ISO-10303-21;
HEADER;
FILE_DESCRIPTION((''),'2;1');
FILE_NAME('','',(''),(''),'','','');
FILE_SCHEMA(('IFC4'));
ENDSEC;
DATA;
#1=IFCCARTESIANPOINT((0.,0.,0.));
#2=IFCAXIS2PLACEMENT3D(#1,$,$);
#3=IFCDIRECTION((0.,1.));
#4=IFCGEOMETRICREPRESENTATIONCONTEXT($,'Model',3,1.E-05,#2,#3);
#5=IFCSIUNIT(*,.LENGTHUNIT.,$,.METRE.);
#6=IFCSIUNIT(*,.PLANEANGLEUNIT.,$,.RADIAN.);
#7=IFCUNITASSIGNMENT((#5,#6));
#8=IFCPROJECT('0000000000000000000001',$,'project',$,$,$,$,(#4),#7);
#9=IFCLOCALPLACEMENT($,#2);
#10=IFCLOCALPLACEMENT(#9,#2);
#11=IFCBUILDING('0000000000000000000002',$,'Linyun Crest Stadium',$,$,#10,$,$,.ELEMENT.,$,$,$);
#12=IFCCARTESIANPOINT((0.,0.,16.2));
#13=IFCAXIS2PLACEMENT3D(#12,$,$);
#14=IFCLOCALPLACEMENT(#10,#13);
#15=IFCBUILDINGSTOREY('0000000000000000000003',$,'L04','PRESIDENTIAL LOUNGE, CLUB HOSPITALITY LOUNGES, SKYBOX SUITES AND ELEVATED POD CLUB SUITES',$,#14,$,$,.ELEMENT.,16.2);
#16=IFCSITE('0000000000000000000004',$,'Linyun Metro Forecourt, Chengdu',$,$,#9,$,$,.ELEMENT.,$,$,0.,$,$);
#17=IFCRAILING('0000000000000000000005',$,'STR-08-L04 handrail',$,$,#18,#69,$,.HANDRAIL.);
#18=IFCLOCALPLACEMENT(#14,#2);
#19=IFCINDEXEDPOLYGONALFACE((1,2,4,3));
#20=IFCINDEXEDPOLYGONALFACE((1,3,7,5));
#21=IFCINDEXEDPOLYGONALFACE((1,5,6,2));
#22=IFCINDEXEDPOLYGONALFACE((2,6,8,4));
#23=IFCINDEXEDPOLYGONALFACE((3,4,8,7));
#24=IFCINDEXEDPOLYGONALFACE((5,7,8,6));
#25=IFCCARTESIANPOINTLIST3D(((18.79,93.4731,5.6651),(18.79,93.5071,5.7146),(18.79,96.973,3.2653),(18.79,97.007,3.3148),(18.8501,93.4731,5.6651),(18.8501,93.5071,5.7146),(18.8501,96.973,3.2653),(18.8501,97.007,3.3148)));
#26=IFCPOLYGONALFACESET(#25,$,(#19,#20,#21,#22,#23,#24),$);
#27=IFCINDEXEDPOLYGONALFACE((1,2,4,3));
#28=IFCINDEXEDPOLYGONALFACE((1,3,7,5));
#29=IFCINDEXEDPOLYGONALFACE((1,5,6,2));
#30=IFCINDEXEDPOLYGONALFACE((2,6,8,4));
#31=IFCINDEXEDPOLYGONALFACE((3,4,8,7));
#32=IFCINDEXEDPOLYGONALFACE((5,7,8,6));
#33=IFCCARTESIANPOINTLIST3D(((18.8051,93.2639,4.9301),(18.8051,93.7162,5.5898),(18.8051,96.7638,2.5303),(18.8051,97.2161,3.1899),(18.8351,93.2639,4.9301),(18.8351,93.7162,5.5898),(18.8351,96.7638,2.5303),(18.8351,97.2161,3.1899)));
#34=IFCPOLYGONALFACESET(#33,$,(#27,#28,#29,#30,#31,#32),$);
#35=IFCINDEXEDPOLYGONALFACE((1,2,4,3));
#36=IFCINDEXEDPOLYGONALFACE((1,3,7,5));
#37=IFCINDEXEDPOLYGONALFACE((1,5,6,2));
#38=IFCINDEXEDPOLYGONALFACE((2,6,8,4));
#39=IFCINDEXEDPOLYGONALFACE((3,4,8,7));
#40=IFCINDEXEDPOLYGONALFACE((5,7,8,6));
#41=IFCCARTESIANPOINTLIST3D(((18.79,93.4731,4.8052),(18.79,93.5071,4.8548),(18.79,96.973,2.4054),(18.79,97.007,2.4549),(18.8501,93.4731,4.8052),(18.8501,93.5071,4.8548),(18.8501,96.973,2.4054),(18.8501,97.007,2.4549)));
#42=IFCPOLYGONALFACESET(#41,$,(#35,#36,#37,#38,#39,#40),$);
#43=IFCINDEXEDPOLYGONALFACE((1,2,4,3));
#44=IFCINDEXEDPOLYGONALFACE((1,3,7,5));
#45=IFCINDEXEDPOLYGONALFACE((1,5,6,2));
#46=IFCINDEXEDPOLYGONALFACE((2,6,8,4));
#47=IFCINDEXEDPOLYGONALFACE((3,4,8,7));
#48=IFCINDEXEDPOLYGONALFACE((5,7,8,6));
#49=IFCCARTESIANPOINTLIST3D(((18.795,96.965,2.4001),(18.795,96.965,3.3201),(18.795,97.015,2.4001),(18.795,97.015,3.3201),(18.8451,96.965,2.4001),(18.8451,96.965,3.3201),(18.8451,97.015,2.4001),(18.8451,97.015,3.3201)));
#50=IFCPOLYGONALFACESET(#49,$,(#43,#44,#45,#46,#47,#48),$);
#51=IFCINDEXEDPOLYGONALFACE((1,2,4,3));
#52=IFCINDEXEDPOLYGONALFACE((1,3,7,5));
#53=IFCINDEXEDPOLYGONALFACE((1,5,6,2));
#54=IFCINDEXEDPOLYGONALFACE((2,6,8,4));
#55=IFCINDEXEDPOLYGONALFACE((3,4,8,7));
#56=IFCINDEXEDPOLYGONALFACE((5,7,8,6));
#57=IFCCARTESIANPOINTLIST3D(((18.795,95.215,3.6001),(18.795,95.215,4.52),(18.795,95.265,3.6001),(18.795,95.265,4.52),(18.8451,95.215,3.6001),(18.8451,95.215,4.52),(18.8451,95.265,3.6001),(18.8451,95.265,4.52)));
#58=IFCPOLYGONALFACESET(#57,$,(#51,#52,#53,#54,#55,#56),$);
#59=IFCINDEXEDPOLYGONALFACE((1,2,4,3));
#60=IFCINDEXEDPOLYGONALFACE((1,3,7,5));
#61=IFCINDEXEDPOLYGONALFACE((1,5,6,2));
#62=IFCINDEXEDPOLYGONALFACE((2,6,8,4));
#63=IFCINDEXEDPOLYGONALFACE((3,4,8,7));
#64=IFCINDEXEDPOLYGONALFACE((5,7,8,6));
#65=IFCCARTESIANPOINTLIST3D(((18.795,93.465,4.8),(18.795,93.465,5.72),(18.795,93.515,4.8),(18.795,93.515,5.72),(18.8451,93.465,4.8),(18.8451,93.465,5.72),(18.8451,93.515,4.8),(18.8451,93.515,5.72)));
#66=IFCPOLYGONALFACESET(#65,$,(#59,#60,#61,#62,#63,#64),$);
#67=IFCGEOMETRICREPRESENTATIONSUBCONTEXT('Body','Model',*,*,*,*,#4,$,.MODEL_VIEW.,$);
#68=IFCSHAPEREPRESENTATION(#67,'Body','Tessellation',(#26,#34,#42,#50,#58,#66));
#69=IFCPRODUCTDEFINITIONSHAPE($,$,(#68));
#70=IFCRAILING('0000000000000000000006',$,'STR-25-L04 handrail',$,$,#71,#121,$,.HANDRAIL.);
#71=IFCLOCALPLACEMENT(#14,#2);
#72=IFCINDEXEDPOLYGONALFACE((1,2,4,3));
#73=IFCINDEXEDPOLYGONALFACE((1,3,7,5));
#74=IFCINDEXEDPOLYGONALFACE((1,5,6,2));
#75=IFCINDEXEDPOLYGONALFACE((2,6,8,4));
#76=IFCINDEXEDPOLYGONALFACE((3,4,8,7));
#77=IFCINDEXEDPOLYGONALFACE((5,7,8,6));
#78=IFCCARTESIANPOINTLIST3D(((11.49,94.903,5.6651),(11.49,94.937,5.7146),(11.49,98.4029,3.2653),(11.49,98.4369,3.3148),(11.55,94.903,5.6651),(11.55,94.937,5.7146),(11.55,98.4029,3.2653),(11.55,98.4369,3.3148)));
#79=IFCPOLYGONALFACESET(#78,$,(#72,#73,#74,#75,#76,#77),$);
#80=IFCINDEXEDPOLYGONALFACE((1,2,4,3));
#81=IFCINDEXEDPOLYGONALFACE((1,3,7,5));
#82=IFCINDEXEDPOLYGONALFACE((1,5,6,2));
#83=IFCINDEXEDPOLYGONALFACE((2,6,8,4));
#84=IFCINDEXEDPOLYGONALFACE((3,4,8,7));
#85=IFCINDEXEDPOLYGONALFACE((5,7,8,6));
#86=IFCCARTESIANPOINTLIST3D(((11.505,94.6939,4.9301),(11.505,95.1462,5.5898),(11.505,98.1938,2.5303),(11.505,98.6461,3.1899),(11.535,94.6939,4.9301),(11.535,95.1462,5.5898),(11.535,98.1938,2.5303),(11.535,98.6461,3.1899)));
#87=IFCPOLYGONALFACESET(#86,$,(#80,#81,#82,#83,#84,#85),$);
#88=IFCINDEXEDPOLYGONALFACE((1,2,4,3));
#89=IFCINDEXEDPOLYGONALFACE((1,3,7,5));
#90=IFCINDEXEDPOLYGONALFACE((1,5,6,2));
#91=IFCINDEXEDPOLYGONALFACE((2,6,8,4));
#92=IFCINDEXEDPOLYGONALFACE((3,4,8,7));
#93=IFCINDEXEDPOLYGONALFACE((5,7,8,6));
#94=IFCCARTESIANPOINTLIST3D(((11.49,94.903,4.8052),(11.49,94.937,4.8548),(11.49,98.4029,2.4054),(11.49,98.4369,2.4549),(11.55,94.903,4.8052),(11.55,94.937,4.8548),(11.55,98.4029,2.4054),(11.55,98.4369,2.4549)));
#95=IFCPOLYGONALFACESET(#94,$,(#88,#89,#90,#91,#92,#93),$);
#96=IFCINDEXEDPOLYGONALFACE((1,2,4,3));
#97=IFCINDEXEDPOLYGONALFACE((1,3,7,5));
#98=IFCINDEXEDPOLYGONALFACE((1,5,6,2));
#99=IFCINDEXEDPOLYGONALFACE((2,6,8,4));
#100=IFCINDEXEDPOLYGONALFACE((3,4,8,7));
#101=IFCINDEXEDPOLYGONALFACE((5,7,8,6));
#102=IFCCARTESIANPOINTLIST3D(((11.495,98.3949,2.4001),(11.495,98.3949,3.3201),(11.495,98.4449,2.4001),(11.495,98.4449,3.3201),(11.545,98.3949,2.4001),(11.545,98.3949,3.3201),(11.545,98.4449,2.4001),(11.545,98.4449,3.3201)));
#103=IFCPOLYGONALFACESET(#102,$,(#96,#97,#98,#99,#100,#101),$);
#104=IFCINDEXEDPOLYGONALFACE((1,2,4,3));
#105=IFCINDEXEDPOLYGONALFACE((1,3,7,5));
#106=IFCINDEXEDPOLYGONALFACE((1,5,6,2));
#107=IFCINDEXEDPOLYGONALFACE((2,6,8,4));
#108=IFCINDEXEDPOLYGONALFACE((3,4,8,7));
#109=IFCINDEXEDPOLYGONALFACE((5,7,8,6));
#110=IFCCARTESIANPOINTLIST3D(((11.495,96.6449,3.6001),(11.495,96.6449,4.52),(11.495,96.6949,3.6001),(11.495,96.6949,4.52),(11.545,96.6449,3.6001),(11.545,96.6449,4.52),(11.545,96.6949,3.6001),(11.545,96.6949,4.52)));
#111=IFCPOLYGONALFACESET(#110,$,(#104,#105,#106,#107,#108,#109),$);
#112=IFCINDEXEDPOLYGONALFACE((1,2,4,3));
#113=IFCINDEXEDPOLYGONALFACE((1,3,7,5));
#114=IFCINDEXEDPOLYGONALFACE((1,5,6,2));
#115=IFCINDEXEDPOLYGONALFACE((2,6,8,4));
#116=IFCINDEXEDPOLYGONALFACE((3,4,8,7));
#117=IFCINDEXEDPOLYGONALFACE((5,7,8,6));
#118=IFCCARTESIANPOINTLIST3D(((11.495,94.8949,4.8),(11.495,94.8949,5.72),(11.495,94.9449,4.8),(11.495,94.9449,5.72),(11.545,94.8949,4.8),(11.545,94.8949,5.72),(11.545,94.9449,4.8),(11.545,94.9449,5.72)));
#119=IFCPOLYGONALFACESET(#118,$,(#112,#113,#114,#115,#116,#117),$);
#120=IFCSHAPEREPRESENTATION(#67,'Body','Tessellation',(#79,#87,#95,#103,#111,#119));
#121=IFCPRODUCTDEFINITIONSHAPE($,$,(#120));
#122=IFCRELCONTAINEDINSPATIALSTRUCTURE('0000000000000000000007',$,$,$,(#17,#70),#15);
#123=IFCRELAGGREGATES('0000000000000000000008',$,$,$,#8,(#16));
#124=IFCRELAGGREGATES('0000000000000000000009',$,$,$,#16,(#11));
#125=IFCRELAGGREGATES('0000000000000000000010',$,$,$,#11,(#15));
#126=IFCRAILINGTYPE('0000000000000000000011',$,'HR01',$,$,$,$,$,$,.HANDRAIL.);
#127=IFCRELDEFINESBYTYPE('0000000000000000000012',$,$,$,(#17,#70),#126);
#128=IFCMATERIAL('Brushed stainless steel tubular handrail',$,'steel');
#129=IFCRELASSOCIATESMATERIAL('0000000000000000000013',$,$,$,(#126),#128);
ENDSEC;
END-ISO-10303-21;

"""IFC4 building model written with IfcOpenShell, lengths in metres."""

from ifc_helpers import new_model, si_unit, direction, frame, origin, origin_2d, place, context, subcontext, project, spatial, rectangle, extrude, material, type_object, element, save


model = new_model("IFC4")

# Units and contexts
model_context = context("Model", 3, precision=1e-05, world=origin(), true_north=direction((0.0, 1.0)))
body_context = subcontext(model_context, "Body", "Model", "MODEL_VIEW")
ifc_project = project(units=[si_unit("LENGTHUNIT", "METRE"), si_unit("PLANEANGLEUNIT", "RADIAN")], contexts=[model_context])

# Site, building, storey
site_placement = place(None, origin())
site = spatial("IfcSite", under=ifc_project, at=site_placement, Name="Linyun Metro Forecourt, Chengdu", CompositionType="ELEMENT", RefElevation=0.0)
building_placement = place(site_placement, origin())
building = spatial("IfcBuilding", under=site, at=building_placement, Name="Linyun Crest Stadium", CompositionType="ELEMENT")
storey_placement = place(building_placement, frame((0.0, 0.0, 16.2)))
storey = spatial("IfcBuildingStorey", under=building, at=storey_placement, Name="L04", Description="PRESIDENTIAL LOUNGE, CLUB HOSPITALITY LOUNGES, SKYBOX SUITES AND ELEVATED POD CLUB SUITES", CompositionType="ELEMENT", Elevation=16.2)

# Railings
ifc_material_1 = material(Name="Brushed stainless steel tubular handrail", Category="steel")
railing_type_1 = type_object("IfcRailingType", Name="HR01", PredefinedType="HANDRAIL", material=ifc_material_1)
for number, where, name in (
    (1, (18.8201, 96.99, 2.4001), "STR-08-L04 handrail"),
    (2, (11.52, 98.4199, 2.4001), "STR-25-L04 handrail"),
):
    element("IfcRailing", number, at=place(storey_placement, frame(where)), inside=storey, type_object=railing_type_1, Name=name, PredefinedType="HANDRAIL", context=body_context, shape_type="SweptSolid", body=[
        extrude(rectangle(XDim=0.0601, YDim=0.0601, at=origin_2d()), frame((0.0, 0.0, 0.8899), z_axis=(0.0, -0.82474, 0.565513), x_axis=(1.0, 0.0, 0.0)), (0.0, 0.0, 1.0), 4.2437),
        extrude(rectangle(XDim=0.03, YDim=0.7998, at=origin_2d()), frame((0.0, 0.0, 0.46), z_axis=(0.0, -0.82474, 0.565513), x_axis=(1.0, 0.0, 0.0)), (0.0, 0.0, 1.0), 4.2437),
        extrude(rectangle(XDim=0.0601, YDim=0.0601, at=origin_2d()), frame((0.0, 0.0, 0.03), z_axis=(0.0, -0.82474, 0.565513), x_axis=(1.0, 0.0, 0.0)), (0.0, 0.0, 1.0), 4.2437),
        extrude(rectangle(XDim=0.05, YDim=0.05, at=origin_2d()), origin(), (0.0, 0.0, 1.0), 0.9199),
        extrude(rectangle(XDim=0.05, YDim=0.05, at=origin_2d()), frame((0.0, -1.75, 1.2)), (0.0, 0.0, 1.0), 0.9199),
        extrude(rectangle(XDim=0.05, YDim=0.05, at=origin_2d()), frame((0.0, -3.5, 2.3999)), (0.0, 0.0, 1.0), 0.9199),
    ])

save(model, "model.ifc")
